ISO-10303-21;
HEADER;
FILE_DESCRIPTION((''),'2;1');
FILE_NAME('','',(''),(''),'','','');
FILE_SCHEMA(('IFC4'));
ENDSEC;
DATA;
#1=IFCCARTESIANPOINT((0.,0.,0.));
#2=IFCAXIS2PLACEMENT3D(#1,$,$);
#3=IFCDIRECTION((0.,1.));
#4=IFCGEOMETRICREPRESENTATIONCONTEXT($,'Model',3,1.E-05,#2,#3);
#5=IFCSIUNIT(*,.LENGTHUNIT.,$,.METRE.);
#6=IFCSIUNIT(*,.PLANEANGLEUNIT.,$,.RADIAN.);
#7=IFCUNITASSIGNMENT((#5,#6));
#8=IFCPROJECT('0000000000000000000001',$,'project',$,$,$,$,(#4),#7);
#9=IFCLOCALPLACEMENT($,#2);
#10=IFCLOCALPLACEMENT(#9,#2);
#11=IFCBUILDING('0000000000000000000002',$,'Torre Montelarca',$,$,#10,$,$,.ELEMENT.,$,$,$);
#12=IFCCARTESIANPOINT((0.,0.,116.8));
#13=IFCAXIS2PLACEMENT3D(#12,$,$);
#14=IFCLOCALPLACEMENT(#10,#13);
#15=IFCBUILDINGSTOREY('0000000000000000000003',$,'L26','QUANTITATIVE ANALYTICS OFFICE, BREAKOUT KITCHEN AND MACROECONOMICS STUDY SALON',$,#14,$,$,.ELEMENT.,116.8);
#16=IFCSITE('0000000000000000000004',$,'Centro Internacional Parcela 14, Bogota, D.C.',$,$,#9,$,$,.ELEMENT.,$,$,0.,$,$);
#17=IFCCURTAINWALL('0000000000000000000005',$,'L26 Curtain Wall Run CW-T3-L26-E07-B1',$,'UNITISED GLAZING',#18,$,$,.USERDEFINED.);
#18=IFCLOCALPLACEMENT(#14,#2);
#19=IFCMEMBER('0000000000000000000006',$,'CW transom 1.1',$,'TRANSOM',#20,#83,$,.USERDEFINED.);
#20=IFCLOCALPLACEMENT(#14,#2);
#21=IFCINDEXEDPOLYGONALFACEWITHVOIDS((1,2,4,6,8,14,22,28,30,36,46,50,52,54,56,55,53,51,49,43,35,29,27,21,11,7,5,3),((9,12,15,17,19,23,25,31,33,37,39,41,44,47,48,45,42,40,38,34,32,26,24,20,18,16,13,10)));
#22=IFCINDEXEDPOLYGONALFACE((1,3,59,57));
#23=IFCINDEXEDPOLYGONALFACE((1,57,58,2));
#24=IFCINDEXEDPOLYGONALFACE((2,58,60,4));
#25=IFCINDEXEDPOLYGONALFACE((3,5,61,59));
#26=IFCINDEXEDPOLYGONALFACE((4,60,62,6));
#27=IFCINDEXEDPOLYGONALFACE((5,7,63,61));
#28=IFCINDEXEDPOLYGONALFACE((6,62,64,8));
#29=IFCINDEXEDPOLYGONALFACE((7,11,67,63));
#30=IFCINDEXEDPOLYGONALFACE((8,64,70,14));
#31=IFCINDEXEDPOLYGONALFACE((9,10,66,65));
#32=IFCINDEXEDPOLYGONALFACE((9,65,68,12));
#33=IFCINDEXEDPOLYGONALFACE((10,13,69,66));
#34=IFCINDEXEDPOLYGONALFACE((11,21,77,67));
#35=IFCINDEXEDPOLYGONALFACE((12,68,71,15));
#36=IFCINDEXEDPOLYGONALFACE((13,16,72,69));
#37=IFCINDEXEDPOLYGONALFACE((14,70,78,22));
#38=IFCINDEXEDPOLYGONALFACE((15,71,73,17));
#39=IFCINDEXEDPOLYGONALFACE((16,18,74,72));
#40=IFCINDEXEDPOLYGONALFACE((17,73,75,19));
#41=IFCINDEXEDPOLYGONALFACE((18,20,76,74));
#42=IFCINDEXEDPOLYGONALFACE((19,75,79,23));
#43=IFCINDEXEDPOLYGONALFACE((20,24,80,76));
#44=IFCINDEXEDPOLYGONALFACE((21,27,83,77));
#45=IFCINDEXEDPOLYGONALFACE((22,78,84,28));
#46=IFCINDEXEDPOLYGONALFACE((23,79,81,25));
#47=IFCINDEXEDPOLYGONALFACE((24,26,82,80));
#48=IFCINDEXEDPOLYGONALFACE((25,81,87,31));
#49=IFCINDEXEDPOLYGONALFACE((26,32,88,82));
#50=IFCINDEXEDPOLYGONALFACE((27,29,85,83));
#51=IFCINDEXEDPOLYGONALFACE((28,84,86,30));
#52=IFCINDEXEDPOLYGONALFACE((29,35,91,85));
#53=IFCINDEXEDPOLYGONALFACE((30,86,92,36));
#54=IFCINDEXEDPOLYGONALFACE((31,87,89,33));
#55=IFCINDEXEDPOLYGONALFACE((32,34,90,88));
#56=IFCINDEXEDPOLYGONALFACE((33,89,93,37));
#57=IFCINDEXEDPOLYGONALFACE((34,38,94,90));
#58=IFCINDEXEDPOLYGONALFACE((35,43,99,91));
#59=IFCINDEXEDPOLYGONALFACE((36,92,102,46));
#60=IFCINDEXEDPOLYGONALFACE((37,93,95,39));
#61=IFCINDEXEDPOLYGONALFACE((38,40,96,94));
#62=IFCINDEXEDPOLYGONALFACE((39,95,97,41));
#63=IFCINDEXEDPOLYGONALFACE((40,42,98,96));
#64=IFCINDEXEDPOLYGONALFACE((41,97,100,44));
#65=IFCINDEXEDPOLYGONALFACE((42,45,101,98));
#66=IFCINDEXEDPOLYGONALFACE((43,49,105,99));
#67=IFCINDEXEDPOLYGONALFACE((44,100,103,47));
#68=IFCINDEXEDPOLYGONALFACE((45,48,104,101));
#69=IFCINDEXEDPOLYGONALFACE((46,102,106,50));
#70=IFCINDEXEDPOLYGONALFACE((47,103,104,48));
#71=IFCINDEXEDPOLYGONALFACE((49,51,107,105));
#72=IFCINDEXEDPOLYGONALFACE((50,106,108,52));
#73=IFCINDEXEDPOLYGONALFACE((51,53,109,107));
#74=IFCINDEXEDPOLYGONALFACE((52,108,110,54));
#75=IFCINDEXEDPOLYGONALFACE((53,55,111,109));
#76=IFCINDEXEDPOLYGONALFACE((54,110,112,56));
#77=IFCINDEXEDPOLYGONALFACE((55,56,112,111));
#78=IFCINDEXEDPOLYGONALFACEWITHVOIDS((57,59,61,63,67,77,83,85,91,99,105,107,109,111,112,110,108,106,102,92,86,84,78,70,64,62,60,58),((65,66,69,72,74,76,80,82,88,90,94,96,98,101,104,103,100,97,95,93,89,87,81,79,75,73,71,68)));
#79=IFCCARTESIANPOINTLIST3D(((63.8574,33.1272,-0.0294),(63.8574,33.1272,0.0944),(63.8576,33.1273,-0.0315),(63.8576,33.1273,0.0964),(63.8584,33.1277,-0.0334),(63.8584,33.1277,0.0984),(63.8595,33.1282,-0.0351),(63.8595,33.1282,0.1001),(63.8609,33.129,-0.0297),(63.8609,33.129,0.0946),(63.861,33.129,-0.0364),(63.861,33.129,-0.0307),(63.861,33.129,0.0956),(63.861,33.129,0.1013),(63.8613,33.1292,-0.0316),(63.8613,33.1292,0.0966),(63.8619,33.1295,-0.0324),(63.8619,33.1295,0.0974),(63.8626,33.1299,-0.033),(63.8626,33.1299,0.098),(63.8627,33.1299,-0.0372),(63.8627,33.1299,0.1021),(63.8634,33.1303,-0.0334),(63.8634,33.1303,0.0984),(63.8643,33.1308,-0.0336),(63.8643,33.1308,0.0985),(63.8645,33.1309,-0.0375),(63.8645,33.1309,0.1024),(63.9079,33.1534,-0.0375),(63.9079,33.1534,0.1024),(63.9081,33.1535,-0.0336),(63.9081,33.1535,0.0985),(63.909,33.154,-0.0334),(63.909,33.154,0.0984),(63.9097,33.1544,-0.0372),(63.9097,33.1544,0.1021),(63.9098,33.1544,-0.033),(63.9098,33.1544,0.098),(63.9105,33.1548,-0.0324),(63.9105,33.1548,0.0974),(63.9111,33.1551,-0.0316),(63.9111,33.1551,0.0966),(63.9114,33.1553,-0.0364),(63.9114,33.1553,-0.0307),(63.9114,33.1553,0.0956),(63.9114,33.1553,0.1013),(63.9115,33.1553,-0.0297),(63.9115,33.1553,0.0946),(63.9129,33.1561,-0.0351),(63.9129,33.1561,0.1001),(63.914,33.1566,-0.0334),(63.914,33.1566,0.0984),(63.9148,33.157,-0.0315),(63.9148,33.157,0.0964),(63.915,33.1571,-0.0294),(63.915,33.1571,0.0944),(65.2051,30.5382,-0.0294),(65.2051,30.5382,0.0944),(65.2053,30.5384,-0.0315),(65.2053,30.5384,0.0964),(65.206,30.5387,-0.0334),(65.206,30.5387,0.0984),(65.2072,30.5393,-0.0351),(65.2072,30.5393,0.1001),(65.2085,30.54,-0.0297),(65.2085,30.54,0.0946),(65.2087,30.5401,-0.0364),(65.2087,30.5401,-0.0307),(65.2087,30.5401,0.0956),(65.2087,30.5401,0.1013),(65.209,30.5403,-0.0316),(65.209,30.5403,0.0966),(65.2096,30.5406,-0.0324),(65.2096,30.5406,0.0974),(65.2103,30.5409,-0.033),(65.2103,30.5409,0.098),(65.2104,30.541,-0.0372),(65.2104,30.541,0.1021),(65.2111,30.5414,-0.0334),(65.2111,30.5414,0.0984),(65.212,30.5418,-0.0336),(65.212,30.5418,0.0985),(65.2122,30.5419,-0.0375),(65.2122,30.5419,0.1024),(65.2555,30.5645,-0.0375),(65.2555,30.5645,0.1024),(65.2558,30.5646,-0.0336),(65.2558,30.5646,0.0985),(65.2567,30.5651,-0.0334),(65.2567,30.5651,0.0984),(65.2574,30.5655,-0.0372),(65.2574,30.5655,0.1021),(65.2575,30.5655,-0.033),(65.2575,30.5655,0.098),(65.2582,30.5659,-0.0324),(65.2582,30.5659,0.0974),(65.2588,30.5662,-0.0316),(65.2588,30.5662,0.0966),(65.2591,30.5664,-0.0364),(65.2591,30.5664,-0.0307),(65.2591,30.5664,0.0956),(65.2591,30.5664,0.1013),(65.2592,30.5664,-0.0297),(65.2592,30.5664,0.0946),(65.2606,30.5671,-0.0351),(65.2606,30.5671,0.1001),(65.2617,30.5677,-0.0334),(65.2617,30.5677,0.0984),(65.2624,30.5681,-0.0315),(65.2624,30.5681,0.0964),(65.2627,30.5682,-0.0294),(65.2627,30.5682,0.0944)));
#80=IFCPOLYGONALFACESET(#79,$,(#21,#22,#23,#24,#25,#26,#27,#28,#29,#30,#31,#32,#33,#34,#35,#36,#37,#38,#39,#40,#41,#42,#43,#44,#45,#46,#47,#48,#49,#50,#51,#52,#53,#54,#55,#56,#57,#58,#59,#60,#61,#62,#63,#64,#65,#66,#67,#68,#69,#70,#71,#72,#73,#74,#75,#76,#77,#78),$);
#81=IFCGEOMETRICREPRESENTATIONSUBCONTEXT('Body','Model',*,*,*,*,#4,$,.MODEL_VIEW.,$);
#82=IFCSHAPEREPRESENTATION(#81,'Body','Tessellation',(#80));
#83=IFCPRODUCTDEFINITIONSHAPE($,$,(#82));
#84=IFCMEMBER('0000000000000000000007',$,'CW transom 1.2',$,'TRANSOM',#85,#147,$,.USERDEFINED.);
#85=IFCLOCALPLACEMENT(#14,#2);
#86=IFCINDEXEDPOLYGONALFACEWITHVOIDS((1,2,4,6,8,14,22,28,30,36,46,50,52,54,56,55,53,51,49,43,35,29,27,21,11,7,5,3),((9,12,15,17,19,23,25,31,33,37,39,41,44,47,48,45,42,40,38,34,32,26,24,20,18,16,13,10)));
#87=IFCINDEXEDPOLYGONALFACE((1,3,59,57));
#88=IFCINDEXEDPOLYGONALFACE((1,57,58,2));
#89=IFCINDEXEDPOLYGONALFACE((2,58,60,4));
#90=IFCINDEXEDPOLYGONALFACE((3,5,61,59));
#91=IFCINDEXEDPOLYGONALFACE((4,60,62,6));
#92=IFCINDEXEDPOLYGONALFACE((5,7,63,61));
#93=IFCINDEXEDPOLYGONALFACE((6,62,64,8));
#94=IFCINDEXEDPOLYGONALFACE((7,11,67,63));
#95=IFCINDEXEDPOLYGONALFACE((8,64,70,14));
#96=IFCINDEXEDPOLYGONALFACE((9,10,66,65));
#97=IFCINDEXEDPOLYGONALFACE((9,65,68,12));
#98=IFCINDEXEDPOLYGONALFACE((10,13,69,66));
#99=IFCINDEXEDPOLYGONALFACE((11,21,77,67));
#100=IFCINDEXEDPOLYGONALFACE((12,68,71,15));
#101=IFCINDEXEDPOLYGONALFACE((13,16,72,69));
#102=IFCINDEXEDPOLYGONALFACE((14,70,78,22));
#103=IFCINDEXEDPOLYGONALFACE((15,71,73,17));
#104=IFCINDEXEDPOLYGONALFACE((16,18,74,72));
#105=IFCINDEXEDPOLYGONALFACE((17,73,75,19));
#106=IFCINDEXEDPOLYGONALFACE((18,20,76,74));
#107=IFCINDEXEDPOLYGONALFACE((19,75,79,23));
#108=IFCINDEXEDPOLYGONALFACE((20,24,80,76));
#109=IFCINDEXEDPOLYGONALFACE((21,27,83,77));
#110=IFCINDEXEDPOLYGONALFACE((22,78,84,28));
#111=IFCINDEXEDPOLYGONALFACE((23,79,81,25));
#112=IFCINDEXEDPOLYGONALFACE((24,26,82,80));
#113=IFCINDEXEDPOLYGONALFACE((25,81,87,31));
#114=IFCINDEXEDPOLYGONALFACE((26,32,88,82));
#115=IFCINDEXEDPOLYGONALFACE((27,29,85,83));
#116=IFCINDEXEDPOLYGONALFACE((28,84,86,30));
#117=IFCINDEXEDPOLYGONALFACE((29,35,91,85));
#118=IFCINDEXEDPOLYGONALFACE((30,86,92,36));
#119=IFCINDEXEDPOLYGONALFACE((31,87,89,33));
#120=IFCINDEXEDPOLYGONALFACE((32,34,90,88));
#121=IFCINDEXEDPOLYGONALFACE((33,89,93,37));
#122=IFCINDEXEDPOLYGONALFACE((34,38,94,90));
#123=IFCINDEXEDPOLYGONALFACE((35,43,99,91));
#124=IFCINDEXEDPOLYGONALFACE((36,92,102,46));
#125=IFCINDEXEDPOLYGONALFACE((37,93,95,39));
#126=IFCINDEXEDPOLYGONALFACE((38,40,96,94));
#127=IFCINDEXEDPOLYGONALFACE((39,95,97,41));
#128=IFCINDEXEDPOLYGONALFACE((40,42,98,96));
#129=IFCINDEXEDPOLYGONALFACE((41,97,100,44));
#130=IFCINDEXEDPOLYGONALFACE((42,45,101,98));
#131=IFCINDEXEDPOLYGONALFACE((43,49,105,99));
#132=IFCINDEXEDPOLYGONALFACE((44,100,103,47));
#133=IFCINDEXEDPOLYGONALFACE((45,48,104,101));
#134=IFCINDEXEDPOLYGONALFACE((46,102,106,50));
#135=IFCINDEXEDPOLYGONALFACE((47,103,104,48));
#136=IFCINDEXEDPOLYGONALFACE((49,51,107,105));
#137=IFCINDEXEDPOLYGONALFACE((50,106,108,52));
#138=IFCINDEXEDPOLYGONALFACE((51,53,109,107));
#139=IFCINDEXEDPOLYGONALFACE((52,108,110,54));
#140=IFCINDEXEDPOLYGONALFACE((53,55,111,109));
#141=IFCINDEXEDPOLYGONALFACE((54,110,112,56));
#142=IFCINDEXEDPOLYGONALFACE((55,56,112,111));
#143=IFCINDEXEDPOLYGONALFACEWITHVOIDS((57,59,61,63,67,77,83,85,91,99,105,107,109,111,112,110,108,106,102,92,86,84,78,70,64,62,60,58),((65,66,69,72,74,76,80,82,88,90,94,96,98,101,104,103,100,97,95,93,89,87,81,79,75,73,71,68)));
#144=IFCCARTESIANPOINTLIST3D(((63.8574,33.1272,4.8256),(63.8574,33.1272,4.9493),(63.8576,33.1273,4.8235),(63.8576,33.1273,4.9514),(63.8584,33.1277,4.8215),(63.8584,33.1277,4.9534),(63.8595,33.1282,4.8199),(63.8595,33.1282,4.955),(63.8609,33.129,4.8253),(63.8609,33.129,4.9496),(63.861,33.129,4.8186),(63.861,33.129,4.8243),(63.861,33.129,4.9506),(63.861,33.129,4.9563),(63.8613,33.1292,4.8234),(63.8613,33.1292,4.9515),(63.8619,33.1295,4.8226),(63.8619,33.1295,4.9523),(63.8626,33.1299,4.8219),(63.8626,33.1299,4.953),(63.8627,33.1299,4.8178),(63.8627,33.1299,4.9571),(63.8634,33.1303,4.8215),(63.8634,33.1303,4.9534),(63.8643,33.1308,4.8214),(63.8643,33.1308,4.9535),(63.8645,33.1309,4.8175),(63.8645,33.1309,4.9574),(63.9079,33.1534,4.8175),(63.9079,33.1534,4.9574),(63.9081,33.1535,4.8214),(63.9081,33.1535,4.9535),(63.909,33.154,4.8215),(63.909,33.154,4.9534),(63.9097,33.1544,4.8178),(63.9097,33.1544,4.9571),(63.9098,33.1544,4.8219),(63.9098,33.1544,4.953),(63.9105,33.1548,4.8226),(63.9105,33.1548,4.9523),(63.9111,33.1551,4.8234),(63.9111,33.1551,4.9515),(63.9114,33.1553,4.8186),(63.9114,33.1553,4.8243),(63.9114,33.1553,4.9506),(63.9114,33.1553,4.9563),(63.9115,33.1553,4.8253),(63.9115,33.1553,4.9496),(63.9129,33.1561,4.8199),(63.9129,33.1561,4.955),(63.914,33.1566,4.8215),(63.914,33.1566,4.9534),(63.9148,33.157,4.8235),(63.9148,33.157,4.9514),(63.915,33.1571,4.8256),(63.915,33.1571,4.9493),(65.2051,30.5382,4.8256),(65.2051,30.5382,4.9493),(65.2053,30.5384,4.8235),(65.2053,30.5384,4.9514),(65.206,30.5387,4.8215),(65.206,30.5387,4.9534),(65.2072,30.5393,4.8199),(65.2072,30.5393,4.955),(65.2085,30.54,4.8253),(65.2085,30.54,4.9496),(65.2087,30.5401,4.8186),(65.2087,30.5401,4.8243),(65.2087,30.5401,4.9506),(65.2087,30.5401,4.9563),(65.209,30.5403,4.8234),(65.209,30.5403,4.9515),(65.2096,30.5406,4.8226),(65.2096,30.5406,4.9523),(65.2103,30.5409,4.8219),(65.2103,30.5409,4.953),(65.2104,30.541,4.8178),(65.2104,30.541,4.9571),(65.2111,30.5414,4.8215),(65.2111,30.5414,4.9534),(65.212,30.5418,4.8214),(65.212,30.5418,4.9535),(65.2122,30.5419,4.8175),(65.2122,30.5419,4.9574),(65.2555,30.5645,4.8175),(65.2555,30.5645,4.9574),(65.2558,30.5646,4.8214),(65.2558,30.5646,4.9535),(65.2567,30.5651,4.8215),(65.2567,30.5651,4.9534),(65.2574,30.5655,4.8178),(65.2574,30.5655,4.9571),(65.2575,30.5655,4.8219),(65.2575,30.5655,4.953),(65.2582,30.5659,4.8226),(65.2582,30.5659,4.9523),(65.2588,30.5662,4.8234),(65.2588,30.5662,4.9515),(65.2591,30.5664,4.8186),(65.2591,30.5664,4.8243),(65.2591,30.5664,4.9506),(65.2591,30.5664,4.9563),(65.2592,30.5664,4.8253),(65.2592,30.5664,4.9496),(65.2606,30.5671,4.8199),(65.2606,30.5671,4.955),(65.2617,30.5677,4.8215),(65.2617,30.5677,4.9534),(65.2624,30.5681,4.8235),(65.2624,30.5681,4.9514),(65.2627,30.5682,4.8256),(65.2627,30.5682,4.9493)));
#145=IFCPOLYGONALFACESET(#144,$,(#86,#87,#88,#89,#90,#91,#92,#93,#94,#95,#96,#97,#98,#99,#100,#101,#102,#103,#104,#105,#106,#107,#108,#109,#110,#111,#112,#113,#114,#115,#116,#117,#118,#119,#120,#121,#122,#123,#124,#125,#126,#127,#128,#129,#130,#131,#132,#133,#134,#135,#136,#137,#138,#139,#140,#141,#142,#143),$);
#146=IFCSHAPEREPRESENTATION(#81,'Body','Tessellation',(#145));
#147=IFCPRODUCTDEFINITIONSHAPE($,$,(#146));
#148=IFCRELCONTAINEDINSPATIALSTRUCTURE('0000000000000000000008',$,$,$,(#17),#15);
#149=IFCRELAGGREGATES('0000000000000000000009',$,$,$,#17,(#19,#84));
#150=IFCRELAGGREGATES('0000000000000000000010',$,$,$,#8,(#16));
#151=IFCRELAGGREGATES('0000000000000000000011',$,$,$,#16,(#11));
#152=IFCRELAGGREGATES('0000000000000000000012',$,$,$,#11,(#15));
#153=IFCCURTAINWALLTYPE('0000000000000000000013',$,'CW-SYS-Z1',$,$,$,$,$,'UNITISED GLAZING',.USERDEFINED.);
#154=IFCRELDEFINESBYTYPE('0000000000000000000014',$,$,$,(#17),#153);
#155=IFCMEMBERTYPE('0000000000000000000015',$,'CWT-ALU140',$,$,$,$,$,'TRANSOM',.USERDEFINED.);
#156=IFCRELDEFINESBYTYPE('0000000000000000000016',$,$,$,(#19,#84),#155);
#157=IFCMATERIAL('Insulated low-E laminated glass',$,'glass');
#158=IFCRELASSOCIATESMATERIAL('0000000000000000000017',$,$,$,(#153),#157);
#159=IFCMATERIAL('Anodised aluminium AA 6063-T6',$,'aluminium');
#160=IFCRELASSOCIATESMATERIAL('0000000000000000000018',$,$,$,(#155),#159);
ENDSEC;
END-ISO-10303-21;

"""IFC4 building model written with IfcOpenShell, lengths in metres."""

from ifc_helpers import new_model, si_unit, direction, frame, origin, origin_2d, place, context, subcontext, project, spatial, hollow_rectangle, extrude, source, transform, mapped, material, material_profile, profile_set, type_object, element, aggregate, save


model = new_model("IFC4")

# Units and contexts
model_context = context("Model", 3, precision=1e-05, world=origin(), true_north=direction((0.0, 1.0)))
body_context = subcontext(model_context, "Body", "Model", "MODEL_VIEW")
ifc_project = project(units=[si_unit("LENGTHUNIT", "METRE"), si_unit("PLANEANGLEUNIT", "RADIAN")], contexts=[model_context])

# Site, building, storey
site_placement = place(None, origin())
site = spatial("IfcSite", under=ifc_project, at=site_placement, Name="Centro Internacional Parcela 14, Bogota, D.C.", CompositionType="ELEMENT", RefElevation=0.0)
building_placement = place(site_placement, origin())
building = spatial("IfcBuilding", under=site, at=building_placement, Name="Torre Montelarca", CompositionType="ELEMENT")
storey_placement = place(building_placement, frame((0.0, 0.0, 116.8)))
storey = spatial("IfcBuildingStorey", under=building, at=storey_placement, Name="L26", Description="QUANTITATIVE ANALYTICS OFFICE, BREAKOUT KITCHEN AND MACROECONOMICS STUDY SALON", CompositionType="ELEMENT", Elevation=116.8)

# Curtain wall, members
ifc_material_1 = material(Name="Insulated low-E laminated glass", Category="glass")
curtain_wall_type = type_object("IfcCurtainWallType", Name="CW-SYS-Z1", ElementType="UNITISED GLAZING", PredefinedType="USERDEFINED", material=ifc_material_1)
curtain_wall_1_placement = place(storey_placement, origin())
curtain_wall_1 = element("IfcCurtainWall", 1, at=curtain_wall_1_placement, inside=storey, type_object=curtain_wall_type, Name="L26 Curtain Wall Run CW-T3-L26-E07-B1", ObjectType="UNITISED GLAZING", PredefinedType="USERDEFINED")
ifc_material_2 = material(Name="Anodised aluminium AA 6063-T6", Category="aluminium")
ifc_material_profile_1 = material_profile(ifc_material_2, hollow_rectangle(XDim=0.0649, YDim=0.1399, WallThickness=0.0039, InnerFilletRadius=0.0039, OuterFilletRadius=0.0081, at=origin_2d()), Name="ALU65X140X4", Category="aluminium")
ifc_profile_set_1 = profile_set([ifc_material_profile_1], Name="Anodised aluminium AA 6063-T6")
member_type_1 = type_object("IfcMemberType", Name="CWT-ALU140", ElementType="TRANSOM", PredefinedType="USERDEFINED", material=ifc_profile_set_1)
shared_shape_1 = source(origin(), body_context, "Body", "SweptSolid", [
    extrude(hollow_rectangle(XDim=0.0649, YDim=0.1399, WallThickness=0.0039, InnerFilletRadius=0.0039, OuterFilletRadius=0.0081, at=origin_2d()), origin(), (0.0, 0.0, 1.0), 2.9187),
])
member_1_placement = place(storey_placement, frame((65.2339, 30.5532, 0.0325), z_axis=(-0.461742, 0.887014, 0.0), x_axis=(-0.887014, -0.461742, 0.0)))
member_1 = element("IfcMember", 2, at=member_1_placement, type_object=member_type_1, Name="CW transom 1.1", ObjectType="TRANSOM", PredefinedType="USERDEFINED", context=body_context, shape_type="MappedRepresentation", body=[
    mapped(shared_shape_1, transform((0.0, 0.0, 0.0), scale=1.0)),
])
member_2_placement = place(storey_placement, frame((65.2339, 30.5532, 4.8875), z_axis=(-0.461742, 0.887014, 0.0), x_axis=(-0.887014, -0.461742, 0.0)))
member_2 = element("IfcMember", 3, at=member_2_placement, type_object=member_type_1, Name="CW transom 1.2", ObjectType="TRANSOM", PredefinedType="USERDEFINED", context=body_context, shape_type="MappedRepresentation", body=[
    mapped(shared_shape_1, transform((0.0, 0.0, 0.0), scale=1.0)),
])

aggregate(curtain_wall_1, [member_1, member_2])

save(model, "model.ifc")
